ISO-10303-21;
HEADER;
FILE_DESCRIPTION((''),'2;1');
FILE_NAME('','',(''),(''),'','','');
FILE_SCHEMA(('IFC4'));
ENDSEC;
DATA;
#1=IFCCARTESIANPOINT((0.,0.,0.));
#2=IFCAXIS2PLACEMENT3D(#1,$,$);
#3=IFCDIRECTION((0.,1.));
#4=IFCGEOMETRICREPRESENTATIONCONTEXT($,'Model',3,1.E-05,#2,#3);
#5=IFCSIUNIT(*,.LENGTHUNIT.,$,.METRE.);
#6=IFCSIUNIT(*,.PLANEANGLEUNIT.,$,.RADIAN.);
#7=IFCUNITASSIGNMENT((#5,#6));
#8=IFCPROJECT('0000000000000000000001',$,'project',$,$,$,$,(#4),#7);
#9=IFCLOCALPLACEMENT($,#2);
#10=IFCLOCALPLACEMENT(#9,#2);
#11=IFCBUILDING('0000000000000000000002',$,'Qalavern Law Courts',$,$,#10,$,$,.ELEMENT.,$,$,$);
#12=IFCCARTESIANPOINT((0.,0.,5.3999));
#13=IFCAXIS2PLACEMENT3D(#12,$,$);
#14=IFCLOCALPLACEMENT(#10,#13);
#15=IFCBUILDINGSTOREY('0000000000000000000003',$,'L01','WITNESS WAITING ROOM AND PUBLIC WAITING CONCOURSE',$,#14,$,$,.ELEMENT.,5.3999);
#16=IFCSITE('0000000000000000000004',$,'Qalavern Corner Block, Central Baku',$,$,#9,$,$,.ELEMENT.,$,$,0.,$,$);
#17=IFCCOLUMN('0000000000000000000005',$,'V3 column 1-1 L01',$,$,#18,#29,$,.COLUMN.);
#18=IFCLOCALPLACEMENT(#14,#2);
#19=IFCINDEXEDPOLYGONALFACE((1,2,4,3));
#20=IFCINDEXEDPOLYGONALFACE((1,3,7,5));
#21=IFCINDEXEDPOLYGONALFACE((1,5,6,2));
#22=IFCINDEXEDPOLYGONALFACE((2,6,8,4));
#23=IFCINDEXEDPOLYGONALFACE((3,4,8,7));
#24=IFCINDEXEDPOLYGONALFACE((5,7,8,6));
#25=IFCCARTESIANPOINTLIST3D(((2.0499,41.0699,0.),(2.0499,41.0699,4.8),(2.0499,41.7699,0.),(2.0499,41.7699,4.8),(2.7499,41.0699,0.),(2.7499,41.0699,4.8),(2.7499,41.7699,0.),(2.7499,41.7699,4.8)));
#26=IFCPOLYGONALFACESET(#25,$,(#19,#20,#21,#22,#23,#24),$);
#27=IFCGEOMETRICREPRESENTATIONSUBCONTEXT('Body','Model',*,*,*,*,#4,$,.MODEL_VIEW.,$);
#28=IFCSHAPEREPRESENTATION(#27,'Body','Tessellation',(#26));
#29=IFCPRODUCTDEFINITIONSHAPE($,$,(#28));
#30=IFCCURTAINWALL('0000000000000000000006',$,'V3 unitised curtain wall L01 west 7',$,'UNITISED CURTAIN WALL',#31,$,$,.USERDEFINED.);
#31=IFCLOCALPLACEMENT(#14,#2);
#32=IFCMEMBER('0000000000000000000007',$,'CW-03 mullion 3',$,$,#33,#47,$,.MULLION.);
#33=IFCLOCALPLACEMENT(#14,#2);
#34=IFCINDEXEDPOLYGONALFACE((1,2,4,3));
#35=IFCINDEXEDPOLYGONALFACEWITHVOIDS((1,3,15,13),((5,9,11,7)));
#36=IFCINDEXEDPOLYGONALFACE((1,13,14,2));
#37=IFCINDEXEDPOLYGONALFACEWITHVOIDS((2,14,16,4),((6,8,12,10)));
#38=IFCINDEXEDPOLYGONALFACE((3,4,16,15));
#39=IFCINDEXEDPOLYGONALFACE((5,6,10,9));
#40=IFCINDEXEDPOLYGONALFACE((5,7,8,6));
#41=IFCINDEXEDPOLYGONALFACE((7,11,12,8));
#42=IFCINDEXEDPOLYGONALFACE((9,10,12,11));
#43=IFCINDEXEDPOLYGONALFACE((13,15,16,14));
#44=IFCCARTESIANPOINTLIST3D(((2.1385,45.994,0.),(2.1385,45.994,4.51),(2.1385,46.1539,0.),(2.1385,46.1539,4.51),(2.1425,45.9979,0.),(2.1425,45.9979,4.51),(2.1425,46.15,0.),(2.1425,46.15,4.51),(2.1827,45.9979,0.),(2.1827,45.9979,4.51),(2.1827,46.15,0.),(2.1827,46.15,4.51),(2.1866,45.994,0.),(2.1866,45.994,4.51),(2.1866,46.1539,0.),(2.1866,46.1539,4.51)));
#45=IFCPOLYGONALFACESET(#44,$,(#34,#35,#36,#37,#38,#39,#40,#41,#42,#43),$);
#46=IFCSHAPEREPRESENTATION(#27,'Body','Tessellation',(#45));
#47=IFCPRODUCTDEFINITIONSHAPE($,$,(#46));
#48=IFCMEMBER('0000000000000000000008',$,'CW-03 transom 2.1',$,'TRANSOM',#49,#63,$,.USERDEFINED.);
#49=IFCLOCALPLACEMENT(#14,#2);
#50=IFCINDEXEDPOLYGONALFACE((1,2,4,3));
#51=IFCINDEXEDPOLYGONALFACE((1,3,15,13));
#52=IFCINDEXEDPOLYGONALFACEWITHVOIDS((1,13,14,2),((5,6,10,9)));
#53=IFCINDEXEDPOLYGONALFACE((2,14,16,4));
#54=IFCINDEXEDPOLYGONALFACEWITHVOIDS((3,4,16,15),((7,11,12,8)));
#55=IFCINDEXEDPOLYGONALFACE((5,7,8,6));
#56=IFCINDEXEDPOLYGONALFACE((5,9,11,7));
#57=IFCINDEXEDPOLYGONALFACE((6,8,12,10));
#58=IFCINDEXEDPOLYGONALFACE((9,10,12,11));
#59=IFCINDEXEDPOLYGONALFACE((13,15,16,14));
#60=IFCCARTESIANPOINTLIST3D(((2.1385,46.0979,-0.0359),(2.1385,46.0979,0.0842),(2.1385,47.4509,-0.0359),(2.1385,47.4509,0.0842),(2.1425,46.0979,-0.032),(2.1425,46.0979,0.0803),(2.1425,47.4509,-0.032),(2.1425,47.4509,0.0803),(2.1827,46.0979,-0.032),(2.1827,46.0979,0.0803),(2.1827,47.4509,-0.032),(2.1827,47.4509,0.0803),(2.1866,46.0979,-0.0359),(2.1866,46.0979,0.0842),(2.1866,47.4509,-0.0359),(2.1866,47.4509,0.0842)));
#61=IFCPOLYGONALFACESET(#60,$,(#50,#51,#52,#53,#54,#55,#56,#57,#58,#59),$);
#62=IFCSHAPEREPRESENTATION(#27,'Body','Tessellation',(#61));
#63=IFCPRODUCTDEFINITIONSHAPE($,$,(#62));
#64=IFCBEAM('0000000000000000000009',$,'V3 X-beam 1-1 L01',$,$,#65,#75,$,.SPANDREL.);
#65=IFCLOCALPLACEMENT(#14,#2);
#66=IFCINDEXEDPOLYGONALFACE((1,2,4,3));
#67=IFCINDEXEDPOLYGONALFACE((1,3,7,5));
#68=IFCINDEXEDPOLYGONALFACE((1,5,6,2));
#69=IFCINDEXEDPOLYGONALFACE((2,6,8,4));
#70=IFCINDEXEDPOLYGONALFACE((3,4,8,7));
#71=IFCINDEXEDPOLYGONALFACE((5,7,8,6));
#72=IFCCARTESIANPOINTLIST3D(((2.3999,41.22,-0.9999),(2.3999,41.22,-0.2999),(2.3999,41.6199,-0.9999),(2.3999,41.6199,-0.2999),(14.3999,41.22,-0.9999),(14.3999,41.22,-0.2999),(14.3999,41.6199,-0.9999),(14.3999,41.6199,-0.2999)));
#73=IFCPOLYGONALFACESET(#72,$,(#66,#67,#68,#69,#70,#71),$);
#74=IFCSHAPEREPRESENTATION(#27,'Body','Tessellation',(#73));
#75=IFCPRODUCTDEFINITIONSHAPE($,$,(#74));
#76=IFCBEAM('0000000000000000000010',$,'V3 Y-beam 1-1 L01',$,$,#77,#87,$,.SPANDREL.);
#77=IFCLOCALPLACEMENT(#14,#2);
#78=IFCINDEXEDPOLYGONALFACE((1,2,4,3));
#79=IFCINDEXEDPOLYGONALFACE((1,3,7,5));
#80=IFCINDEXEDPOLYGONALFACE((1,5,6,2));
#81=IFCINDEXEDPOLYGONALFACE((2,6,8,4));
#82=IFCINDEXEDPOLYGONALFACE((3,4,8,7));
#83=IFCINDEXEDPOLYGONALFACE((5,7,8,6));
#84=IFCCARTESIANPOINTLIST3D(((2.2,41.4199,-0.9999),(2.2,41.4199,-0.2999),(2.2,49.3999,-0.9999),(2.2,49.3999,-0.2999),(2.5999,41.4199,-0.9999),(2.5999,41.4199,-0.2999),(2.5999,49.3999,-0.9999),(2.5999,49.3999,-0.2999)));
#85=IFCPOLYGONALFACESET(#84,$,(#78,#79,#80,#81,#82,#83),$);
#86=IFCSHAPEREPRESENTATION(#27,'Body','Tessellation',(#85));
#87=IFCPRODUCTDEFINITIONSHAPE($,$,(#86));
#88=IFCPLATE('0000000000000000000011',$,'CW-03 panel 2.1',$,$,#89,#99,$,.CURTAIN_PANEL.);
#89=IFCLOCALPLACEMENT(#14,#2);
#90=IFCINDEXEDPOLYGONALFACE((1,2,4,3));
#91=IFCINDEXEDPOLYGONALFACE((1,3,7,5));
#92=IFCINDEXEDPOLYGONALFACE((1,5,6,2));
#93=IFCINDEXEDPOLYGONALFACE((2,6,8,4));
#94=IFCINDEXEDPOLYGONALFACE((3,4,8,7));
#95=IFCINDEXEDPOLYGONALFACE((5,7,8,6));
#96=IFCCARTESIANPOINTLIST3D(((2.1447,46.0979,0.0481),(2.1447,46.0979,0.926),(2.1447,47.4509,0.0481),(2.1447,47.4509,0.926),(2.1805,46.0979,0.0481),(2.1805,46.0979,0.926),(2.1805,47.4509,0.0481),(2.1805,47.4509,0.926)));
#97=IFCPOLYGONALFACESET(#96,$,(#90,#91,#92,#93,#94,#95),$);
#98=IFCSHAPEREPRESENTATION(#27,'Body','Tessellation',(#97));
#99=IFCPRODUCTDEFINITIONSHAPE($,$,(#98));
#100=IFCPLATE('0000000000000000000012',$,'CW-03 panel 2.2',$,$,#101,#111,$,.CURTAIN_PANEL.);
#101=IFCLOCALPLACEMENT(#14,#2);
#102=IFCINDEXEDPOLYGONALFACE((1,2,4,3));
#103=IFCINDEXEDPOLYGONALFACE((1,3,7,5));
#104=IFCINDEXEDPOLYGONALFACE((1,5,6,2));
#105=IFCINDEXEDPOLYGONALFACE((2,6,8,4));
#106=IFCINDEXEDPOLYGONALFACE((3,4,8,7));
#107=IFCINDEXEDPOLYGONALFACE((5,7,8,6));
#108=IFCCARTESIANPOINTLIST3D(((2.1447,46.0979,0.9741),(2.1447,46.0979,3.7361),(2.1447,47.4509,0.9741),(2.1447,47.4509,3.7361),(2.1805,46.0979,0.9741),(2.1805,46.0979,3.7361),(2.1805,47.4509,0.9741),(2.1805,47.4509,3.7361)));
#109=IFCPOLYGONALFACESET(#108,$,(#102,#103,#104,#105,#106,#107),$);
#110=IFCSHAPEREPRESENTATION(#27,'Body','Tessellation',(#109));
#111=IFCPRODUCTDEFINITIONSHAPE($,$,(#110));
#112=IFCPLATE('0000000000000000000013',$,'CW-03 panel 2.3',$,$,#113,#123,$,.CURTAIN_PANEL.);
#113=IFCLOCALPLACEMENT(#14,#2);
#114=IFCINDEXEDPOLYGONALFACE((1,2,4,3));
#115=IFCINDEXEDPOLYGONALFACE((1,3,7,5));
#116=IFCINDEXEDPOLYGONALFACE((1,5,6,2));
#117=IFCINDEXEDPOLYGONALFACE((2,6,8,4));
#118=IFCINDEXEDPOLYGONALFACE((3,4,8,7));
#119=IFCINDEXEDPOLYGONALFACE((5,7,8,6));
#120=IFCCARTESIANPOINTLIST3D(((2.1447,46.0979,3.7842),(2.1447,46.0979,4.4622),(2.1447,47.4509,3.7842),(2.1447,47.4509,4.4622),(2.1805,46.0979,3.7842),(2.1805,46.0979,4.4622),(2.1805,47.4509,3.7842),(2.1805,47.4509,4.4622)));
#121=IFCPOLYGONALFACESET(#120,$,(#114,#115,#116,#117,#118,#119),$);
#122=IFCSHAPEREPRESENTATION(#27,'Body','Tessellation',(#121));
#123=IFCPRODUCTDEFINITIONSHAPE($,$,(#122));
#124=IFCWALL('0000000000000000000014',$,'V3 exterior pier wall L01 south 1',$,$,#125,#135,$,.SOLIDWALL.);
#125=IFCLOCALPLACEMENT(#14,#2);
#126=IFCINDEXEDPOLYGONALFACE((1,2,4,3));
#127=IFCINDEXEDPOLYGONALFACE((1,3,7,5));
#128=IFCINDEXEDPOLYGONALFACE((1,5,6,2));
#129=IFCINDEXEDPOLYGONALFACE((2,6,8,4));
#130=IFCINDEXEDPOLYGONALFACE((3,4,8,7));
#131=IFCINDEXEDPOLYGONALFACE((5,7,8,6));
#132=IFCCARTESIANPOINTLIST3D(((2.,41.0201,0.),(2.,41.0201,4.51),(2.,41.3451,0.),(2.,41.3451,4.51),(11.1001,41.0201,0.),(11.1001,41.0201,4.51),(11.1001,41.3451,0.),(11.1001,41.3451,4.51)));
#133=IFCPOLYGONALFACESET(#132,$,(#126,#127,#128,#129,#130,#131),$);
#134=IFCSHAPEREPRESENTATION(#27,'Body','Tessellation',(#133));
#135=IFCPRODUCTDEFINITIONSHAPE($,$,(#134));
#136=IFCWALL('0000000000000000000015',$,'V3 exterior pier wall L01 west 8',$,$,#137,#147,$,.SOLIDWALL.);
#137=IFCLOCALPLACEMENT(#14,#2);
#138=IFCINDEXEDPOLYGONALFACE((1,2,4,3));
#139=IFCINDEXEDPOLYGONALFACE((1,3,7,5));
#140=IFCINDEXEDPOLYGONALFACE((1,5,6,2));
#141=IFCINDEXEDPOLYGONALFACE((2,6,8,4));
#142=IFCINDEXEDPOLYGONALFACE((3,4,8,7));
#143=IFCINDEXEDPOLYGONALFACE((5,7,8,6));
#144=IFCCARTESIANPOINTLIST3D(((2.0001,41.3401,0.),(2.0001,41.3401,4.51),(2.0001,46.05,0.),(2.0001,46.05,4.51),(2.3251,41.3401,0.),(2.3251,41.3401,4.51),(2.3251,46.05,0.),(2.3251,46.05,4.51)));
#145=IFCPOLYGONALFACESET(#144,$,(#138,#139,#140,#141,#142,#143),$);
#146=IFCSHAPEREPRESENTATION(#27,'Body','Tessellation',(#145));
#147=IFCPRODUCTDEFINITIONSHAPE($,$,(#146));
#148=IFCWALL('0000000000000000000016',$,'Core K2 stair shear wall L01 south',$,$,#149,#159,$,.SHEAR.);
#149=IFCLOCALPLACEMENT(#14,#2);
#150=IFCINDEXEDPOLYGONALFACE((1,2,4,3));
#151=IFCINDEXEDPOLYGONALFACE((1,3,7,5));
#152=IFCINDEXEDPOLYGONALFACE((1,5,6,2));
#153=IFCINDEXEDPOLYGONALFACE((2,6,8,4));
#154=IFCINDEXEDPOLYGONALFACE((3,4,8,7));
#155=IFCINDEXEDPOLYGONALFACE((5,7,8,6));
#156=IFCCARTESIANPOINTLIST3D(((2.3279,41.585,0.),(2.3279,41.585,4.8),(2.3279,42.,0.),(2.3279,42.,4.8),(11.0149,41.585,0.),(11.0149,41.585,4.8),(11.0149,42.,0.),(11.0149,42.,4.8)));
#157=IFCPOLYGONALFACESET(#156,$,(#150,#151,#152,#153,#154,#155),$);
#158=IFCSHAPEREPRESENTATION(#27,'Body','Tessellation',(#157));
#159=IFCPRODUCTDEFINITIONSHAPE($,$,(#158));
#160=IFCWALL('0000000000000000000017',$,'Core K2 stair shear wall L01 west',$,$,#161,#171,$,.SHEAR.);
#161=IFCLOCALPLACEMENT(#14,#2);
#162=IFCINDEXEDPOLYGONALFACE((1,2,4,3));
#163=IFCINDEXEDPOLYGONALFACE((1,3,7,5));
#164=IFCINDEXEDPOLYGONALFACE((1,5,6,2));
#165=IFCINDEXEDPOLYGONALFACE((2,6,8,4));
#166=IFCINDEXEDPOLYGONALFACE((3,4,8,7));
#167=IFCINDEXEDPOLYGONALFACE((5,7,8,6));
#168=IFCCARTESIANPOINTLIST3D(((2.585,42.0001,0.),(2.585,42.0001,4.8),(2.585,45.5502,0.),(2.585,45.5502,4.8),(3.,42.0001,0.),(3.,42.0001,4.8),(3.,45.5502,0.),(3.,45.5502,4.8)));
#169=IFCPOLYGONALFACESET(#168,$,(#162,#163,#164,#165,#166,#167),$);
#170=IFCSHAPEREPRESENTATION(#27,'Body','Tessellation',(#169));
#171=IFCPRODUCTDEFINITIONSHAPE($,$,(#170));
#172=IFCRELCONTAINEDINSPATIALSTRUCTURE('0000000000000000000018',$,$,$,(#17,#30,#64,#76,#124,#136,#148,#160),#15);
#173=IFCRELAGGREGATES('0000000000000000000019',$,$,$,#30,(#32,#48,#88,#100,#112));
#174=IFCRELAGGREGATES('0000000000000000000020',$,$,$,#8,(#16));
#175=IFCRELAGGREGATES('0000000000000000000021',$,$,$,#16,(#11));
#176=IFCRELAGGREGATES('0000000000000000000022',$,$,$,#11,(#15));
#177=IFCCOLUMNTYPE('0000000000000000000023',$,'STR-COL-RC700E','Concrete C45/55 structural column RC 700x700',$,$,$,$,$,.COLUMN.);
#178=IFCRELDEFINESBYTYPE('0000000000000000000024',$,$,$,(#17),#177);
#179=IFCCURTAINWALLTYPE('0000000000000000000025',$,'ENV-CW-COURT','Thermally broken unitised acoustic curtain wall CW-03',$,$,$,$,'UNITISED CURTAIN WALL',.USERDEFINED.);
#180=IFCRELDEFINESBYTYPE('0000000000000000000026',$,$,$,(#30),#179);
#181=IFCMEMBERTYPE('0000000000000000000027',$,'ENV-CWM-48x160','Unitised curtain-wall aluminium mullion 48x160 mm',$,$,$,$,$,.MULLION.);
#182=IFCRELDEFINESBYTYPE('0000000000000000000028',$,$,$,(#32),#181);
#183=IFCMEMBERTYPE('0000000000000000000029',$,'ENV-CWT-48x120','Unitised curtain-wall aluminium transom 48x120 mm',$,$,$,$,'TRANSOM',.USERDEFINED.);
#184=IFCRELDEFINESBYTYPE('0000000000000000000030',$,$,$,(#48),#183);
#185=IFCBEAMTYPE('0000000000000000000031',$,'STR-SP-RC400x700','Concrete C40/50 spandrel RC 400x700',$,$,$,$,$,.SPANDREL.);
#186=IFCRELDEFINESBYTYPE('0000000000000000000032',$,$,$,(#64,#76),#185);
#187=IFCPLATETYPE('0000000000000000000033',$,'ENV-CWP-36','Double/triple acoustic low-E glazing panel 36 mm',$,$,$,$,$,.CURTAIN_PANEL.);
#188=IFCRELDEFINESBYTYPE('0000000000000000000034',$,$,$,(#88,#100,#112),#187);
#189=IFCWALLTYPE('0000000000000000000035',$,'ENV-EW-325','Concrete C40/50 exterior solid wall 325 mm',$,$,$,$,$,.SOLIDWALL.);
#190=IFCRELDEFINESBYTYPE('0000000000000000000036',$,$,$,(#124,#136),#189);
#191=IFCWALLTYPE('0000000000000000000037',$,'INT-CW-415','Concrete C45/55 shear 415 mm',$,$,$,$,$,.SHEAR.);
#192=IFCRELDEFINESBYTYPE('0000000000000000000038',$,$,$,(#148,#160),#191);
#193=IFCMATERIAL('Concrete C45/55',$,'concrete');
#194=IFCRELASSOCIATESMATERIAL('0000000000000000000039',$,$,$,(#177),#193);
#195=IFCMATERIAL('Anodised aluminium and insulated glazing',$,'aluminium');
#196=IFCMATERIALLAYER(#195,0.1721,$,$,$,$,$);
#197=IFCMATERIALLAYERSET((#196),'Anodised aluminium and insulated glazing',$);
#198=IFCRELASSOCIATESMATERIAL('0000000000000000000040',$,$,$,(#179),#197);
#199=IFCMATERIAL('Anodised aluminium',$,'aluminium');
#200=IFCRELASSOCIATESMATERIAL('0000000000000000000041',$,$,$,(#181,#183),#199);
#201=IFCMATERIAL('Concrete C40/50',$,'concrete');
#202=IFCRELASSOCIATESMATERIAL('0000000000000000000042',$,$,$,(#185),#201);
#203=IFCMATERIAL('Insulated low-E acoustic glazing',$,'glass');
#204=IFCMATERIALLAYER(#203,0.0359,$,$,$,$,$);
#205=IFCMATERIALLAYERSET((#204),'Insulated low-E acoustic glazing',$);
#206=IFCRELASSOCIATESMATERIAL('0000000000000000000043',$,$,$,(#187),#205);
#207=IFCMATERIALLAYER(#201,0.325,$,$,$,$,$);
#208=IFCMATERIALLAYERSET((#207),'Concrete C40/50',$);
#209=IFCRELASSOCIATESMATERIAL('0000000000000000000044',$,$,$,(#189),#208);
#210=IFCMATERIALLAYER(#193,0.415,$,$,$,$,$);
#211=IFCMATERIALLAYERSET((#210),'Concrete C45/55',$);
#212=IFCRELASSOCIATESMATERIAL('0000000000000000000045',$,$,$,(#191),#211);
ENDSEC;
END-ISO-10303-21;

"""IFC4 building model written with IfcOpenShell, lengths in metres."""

from ifc_helpers import new_model, si_unit, direction, frame, frame_2d, origin, origin_2d, place, context, subcontext, project, spatial, rectangle, hollow_rectangle, extrude, material, layer, layer_set, material_profile, profile_set, type_object, element, aggregate, save


model = new_model("IFC4")

# Units and contexts
model_context = context("Model", 3, precision=1e-05, world=origin(), true_north=direction((0.0, 1.0)))
body_context = subcontext(model_context, "Body", "Model", "MODEL_VIEW")
ifc_project = project(units=[si_unit("LENGTHUNIT", "METRE"), si_unit("PLANEANGLEUNIT", "RADIAN")], contexts=[model_context])

# Site, building, storey
site_placement = place(None, origin())
site = spatial("IfcSite", under=ifc_project, at=site_placement, Name="Qalavern Corner Block, Central Baku", CompositionType="ELEMENT", RefElevation=0.0)
building_placement = place(site_placement, origin())
building = spatial("IfcBuilding", under=site, at=building_placement, Name="Qalavern Law Courts", CompositionType="ELEMENT")
storey_placement = place(building_placement, frame((0.0, 0.0, 5.3999)))
storey = spatial("IfcBuildingStorey", under=building, at=storey_placement, Name="L01", Description="WITNESS WAITING ROOM AND PUBLIC WAITING CONCOURSE", CompositionType="ELEMENT", Elevation=5.3999)

# Column
ifc_material_1 = material(Name="Concrete C45/55", Category="concrete")
ifc_material_profile_1 = material_profile(ifc_material_1, rectangle(XDim=0.7, YDim=0.7, at=origin_2d()), Name="RC 700x700")
ifc_profile_set_1 = profile_set([ifc_material_profile_1], Name="Concrete C45/55")
column_type = type_object("IfcColumnType", Name="STR-COL-RC700E", Description="Concrete C45/55 structural column RC 700x700", PredefinedType="COLUMN", material=ifc_profile_set_1)
column_placement = place(storey_placement, frame((2.3999, 41.4199, 0.0), z_axis=(0.0, 0.0, 1.0), x_axis=(1.0, 0.0, 0.0)))
element("IfcColumn", 1, at=column_placement, inside=storey, type_object=column_type, Name="V3 column 1-1 L01", PredefinedType="COLUMN", context=body_context, shape_type="SweptSolid", body=[
    extrude(rectangle(XDim=0.7, YDim=0.7, at=origin_2d()), origin(), (0.0, 0.0, 1.0), 4.8),
])

# Curtain wall, members
ifc_material_2 = material(Name="Anodised aluminium and insulated glazing", Category="aluminium")
ifc_layer_1 = layer(ifc_material_2, 0.1721)
ifc_layer_set_1 = layer_set([ifc_layer_1], Name="Anodised aluminium and insulated glazing")
curtain_wall_type = type_object("IfcCurtainWallType", Name="ENV-CW-COURT", Description="Thermally broken unitised acoustic curtain wall CW-03", ElementType="UNITISED CURTAIN WALL", PredefinedType="USERDEFINED", material=ifc_layer_set_1)
curtain_wall_placement = place(storey_placement, origin())
curtain_wall = element("IfcCurtainWall", 2, at=curtain_wall_placement, inside=storey, type_object=curtain_wall_type, Name="V3 unitised curtain wall L01 west 7", ObjectType="UNITISED CURTAIN WALL", PredefinedType="USERDEFINED")
ifc_material_3 = material(Name="Anodised aluminium", Category="aluminium")
ifc_material_profile_2 = material_profile(ifc_material_3, hollow_rectangle(XDim=0.0481, YDim=0.1599, WallThickness=0.0039, at=origin_2d()), Name="ALU MULLION 48x160")
ifc_profile_set_2 = profile_set([ifc_material_profile_2], Name="Anodised aluminium")
member_type_1 = type_object("IfcMemberType", Name="ENV-CWM-48x160", Description="Unitised curtain-wall aluminium mullion 48x160 mm", PredefinedType="MULLION", material=ifc_profile_set_2)
member_1_placement = place(storey_placement, frame((2.1626, 46.074, 0.0), z_axis=(0.0, 0.0, 1.0), x_axis=(1.0, 0.0, 0.0)))
member_1 = element("IfcMember", 3, at=member_1_placement, type_object=member_type_1, Name="CW-03 mullion 3", PredefinedType="MULLION", context=body_context, shape_type="SweptSolid", body=[
    extrude(hollow_rectangle(XDim=0.0481, YDim=0.1599, WallThickness=0.0039, at=origin_2d()), origin(), (0.0, 0.0, 1.0), 4.51),
])
ifc_material_profile_3 = material_profile(ifc_material_3, hollow_rectangle(XDim=0.0481, YDim=0.1201, WallThickness=0.0039, at=origin_2d()), Name="ALU TRANSOM 48x120")
ifc_profile_set_3 = profile_set([ifc_material_profile_3], Name="Anodised aluminium")
member_type_2 = type_object("IfcMemberType", Name="ENV-CWT-48x120", Description="Unitised curtain-wall aluminium transom 48x120 mm", ElementType="TRANSOM", PredefinedType="USERDEFINED", material=ifc_profile_set_3)
member_2_placement = place(storey_placement, frame((2.1626, 47.4509, 0.0242), z_axis=(0.0, -1.0, 0.0), x_axis=(1.0, 0.0, 0.0)))
member_2 = element("IfcMember", 4, at=member_2_placement, type_object=member_type_2, Name="CW-03 transom 2.1", ObjectType="TRANSOM", PredefinedType="USERDEFINED", context=body_context, shape_type="SweptSolid", body=[
    extrude(hollow_rectangle(XDim=0.0481, YDim=0.1201, WallThickness=0.0039, at=origin_2d()), origin(), (0.0, 0.0, 1.0), 1.353),
])

# Beams
ifc_material_4 = material(Name="Concrete C40/50", Category="concrete")
ifc_material_profile_4 = material_profile(ifc_material_4, rectangle(XDim=0.3999, YDim=0.7, at=origin_2d()), Name="RC 400x700")
ifc_profile_set_4 = profile_set([ifc_material_profile_4], Name="Concrete C40/50")
beam_type = type_object("IfcBeamType", Name="STR-SP-RC400x700", Description="Concrete C40/50 spandrel RC 400x700", PredefinedType="SPANDREL", material=ifc_profile_set_4)
beam_1_placement = place(storey_placement, frame((2.3999, 41.4199, -0.6499), z_axis=(1.0, 0.0, 0.0), x_axis=(0.0, 1.0, 0.0)))
element("IfcBeam", 5, at=beam_1_placement, inside=storey, type_object=beam_type, Name="V3 X-beam 1-1 L01", PredefinedType="SPANDREL", context=body_context, shape_type="SweptSolid", body=[
    extrude(rectangle(XDim=0.3999, YDim=0.7, at=origin_2d()), origin(), (0.0, 0.0, 1.0), 12.0),
])
beam_2_placement = place(storey_placement, frame((2.3999, 41.4199, -0.6499), z_axis=(0.0, 1.0, 0.0), x_axis=(-1.0, 0.0, 0.0)))
element("IfcBeam", 6, at=beam_2_placement, inside=storey, type_object=beam_type, Name="V3 Y-beam 1-1 L01", PredefinedType="SPANDREL", context=body_context, shape_type="SweptSolid", body=[
    extrude(rectangle(XDim=0.3999, YDim=0.7, at=origin_2d()), origin(), (0.0, 0.0, 1.0), 7.98),
])

# Plates
ifc_material_5 = material(Name="Insulated low-E acoustic glazing", Category="glass")
ifc_layer_2 = layer(ifc_material_5, 0.0359)
ifc_layer_set_2 = layer_set([ifc_layer_2], Name="Insulated low-E acoustic glazing")
plate_type = type_object("IfcPlateType", Name="ENV-CWP-36", Description="Double/triple acoustic low-E glazing panel 36 mm", PredefinedType="CURTAIN_PANEL", material=ifc_layer_set_2)
plate_1_placement = place(storey_placement, frame((2.1626, 46.7744, 0.0481), z_axis=(0.0, 0.0, 1.0), x_axis=(0.0, -1.0, 0.0)))
plate_1 = element("IfcPlate", 7, at=plate_1_placement, type_object=plate_type, Name="CW-03 panel 2.1", PredefinedType="CURTAIN_PANEL", context=body_context, shape_type="SweptSolid", body=[
    extrude(rectangle(XDim=1.353, YDim=0.0359, at=origin_2d()), origin(), (0.0, 0.0, 1.0), 0.8779),
])
plate_2_placement = place(storey_placement, frame((2.1626, 46.7744, 0.9741), z_axis=(0.0, 0.0, 1.0), x_axis=(0.0, -1.0, 0.0)))
plate_2 = element("IfcPlate", 8, at=plate_2_placement, type_object=plate_type, Name="CW-03 panel 2.2", PredefinedType="CURTAIN_PANEL", context=body_context, shape_type="SweptSolid", body=[
    extrude(rectangle(XDim=1.353, YDim=0.0359, at=origin_2d()), origin(), (0.0, 0.0, 1.0), 2.762),
])
plate_3_placement = place(storey_placement, frame((2.1626, 46.7744, 3.7842), z_axis=(0.0, 0.0, 1.0), x_axis=(0.0, -1.0, 0.0)))
plate_3 = element("IfcPlate", 9, at=plate_3_placement, type_object=plate_type, Name="CW-03 panel 2.3", PredefinedType="CURTAIN_PANEL", context=body_context, shape_type="SweptSolid", body=[
    extrude(rectangle(XDim=1.353, YDim=0.0359, at=origin_2d()), origin(), (0.0, 0.0, 1.0), 0.678),
])
aggregate(curtain_wall, [member_1, member_2, plate_1, plate_2, plate_3])

# Walls
ifc_layer_3 = layer(ifc_material_4, 0.325)
ifc_layer_set_3 = layer_set([ifc_layer_3], Name="Concrete C40/50")
wall_type_1 = type_object("IfcWallType", Name="ENV-EW-325", Description="Concrete C40/50 exterior solid wall 325 mm", PredefinedType="SOLIDWALL", material=ifc_layer_set_3)
wall_1_placement = place(storey_placement, frame((2.0, 41.1826, 0.0), z_axis=(0.0, 0.0, 1.0), x_axis=(1.0, 0.0, 0.0)))
element("IfcWall", 10, at=wall_1_placement, inside=storey, type_object=wall_type_1, Name="V3 exterior pier wall L01 south 1", PredefinedType="SOLIDWALL", context=body_context, shape_type="SweptSolid", body=[
    extrude(rectangle(XDim=9.1001, YDim=0.325, at=frame_2d((4.55, 0.0))), origin(), (0.0, 0.0, 1.0), 4.51),
])
wall_2_placement = place(storey_placement, frame((2.1626, 46.05, 0.0), z_axis=(0.0, 0.0, 1.0), x_axis=(0.0, -1.0, 0.0)))
element("IfcWall", 11, at=wall_2_placement, inside=storey, type_object=wall_type_1, Name="V3 exterior pier wall L01 west 8", PredefinedType="SOLIDWALL", context=body_context, shape_type="SweptSolid", body=[
    extrude(rectangle(XDim=4.71, YDim=0.325, at=frame_2d((2.355, 0.0))), origin(), (0.0, 0.0, 1.0), 4.51),
])
ifc_layer_4 = layer(ifc_material_1, 0.415)
ifc_layer_set_4 = layer_set([ifc_layer_4], Name="Concrete C45/55")
wall_type_2 = type_object("IfcWallType", Name="INT-CW-415", Description="Concrete C45/55 shear 415 mm", PredefinedType="SHEAR", material=ifc_layer_set_4)
wall_3_placement = place(storey_placement, frame((2.3279, 41.7925, 0.0), z_axis=(0.0, 0.0, 1.0), x_axis=(1.0, 0.0, 0.0)))
element("IfcWall", 12, at=wall_3_placement, inside=storey, type_object=wall_type_2, Name="Core K2 stair shear wall L01 south", PredefinedType="SHEAR", context=body_context, shape_type="SweptSolid", body=[
    extrude(rectangle(XDim=8.687, YDim=0.415, at=frame_2d((4.3435, 0.0))), origin(), (0.0, 0.0, 1.0), 4.8),
])
wall_4_placement = place(storey_placement, frame((2.7925, 45.55, 0.0), z_axis=(0.0, 0.0, 1.0), x_axis=(0.0, -1.0, 0.0)))
element("IfcWall", 13, at=wall_4_placement, inside=storey, type_object=wall_type_2, Name="Core K2 stair shear wall L01 west", PredefinedType="SHEAR", context=body_context, shape_type="SweptSolid", body=[
    extrude(rectangle(XDim=3.55, YDim=0.415, at=frame_2d((1.7749, 0.0))), origin(), (0.0, 0.0, 1.0), 4.8),
])

save(model, "model.ifc")
